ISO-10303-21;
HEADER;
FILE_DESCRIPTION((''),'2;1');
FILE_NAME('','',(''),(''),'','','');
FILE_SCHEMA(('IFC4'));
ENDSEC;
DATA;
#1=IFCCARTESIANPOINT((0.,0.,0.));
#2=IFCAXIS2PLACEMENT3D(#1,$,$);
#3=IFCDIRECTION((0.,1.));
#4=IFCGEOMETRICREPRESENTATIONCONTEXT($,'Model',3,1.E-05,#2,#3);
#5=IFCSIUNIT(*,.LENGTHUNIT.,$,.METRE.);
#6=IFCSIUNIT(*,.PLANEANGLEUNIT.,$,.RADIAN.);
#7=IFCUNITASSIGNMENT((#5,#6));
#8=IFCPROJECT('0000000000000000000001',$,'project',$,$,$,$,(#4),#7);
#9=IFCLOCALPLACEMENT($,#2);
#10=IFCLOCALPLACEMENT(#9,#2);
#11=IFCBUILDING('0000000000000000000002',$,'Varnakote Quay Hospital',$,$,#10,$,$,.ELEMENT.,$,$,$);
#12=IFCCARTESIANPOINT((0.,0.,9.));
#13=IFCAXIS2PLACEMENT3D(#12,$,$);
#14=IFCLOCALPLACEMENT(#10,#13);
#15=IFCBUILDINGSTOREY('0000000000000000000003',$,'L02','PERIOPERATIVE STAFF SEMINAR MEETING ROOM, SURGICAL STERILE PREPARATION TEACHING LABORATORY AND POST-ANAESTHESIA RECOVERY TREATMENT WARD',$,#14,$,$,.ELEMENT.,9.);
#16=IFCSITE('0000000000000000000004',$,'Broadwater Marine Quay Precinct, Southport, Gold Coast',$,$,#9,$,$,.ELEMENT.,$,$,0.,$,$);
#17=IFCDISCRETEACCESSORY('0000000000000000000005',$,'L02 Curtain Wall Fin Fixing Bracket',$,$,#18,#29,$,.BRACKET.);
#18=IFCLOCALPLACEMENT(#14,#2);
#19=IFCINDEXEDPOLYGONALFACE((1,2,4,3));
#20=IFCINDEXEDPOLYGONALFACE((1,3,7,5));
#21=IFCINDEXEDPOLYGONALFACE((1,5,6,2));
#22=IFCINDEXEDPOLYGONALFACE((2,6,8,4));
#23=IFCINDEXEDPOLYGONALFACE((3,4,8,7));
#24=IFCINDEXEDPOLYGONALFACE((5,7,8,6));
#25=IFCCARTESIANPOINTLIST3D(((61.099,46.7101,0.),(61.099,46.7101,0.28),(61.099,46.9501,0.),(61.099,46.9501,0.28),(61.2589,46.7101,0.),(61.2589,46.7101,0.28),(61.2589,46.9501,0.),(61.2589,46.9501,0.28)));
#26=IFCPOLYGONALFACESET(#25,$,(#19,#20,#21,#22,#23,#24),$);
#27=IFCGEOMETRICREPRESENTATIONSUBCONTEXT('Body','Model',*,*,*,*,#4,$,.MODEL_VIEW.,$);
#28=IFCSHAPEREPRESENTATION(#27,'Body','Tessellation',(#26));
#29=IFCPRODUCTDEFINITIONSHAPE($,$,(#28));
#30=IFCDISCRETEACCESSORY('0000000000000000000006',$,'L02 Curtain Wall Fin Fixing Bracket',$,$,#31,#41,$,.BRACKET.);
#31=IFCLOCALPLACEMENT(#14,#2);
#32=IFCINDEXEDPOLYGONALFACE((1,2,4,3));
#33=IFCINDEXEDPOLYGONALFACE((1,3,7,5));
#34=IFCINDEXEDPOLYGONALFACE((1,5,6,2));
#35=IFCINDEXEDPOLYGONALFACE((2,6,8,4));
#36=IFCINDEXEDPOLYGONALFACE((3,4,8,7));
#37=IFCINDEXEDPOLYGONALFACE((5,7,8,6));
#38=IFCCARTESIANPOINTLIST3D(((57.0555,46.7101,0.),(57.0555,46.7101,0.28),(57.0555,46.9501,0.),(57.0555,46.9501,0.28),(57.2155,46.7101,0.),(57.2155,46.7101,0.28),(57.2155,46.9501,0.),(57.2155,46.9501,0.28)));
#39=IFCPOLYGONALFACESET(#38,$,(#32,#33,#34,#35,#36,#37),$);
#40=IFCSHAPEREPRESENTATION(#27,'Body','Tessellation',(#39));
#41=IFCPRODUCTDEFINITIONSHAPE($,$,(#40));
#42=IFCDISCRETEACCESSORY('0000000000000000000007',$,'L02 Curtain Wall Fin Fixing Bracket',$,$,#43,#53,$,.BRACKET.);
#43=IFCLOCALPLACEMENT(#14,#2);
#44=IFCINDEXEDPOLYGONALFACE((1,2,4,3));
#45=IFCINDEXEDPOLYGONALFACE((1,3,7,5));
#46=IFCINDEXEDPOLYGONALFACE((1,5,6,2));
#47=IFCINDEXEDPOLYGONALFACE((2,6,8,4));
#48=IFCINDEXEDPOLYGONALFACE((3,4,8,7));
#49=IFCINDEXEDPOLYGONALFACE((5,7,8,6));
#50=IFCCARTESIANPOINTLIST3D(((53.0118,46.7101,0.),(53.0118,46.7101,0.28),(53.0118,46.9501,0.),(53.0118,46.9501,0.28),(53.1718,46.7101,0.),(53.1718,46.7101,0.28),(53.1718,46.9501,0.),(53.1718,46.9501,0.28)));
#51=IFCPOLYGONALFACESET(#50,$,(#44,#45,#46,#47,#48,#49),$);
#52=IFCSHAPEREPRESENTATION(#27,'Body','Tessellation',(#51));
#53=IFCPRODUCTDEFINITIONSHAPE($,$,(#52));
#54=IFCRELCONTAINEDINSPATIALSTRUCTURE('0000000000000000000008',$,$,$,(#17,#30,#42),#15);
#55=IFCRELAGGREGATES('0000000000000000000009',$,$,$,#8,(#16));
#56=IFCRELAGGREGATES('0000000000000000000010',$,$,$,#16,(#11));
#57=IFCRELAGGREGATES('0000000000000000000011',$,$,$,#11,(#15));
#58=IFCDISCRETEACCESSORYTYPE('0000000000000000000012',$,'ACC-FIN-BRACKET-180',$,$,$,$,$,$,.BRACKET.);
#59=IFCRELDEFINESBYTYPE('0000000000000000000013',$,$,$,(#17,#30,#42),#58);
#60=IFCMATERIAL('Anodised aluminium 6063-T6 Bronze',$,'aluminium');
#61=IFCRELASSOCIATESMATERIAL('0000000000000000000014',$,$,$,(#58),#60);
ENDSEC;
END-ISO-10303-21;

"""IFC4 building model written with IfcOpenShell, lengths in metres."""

from ifc_helpers import new_model, si_unit, direction, frame, origin, origin_2d, place, context, subcontext, project, spatial, rectangle, extrude, material, type_object, element, save


model = new_model("IFC4")

# Units and contexts
model_context = context("Model", 3, precision=1e-05, world=origin(), true_north=direction((0.0, 1.0)))
body_context = subcontext(model_context, "Body", "Model", "MODEL_VIEW")
ifc_project = project(units=[si_unit("LENGTHUNIT", "METRE"), si_unit("PLANEANGLEUNIT", "RADIAN")], contexts=[model_context])

# Site, building, storey
site_placement = place(None, origin())
site = spatial("IfcSite", under=ifc_project, at=site_placement, Name="Broadwater Marine Quay Precinct, Southport, Gold Coast", CompositionType="ELEMENT", RefElevation=0.0)
building_placement = place(site_placement, origin())
building = spatial("IfcBuilding", under=site, at=building_placement, Name="Varnakote Quay Hospital", CompositionType="ELEMENT")
storey_placement = place(building_placement, frame((0.0, 0.0, 9.0)))
storey = spatial("IfcBuildingStorey", under=building, at=storey_placement, Name="L02", Description="PERIOPERATIVE STAFF SEMINAR MEETING ROOM, SURGICAL STERILE PREPARATION TEACHING LABORATORY AND POST-ANAESTHESIA RECOVERY TREATMENT WARD", CompositionType="ELEMENT", Elevation=9.0)

# Discrete accessories
ifc_material_1 = material(Name="Anodised aluminium 6063-T6 Bronze", Category="aluminium")
discrete_accessory_type = type_object("IfcDiscreteAccessoryType", Name="ACC-FIN-BRACKET-180", PredefinedType="BRACKET", material=ifc_material_1)
for number, where, z_axis, x_axis, name in (
    (1, (61.179, 46.8301, 0.0), (0.0, 0.0, 1.0), (-1.0, 0.0, 0.0), "L02 Curtain Wall Fin Fixing Bracket"),
    (2, (57.1355, 46.8301, 0.0), (0.0, 0.0, 1.0), (-1.0, 0.0, 0.0), "L02 Curtain Wall Fin Fixing Bracket"),
    (3, (53.0918, 46.8301, 0.0), (0.0, 0.0, 1.0), (-1.0, 0.0, 0.0), "L02 Curtain Wall Fin Fixing Bracket"),
):
    element("IfcDiscreteAccessory", number, at=place(storey_placement, frame(where, z_axis=z_axis, x_axis=x_axis)), inside=storey, type_object=discrete_accessory_type, Name=name, PredefinedType="BRACKET", context=body_context, shape_type="SweptSolid", body=[
        extrude(rectangle(XDim=0.1599, YDim=0.24, at=origin_2d()), origin(), (0.0, 0.0, 1.0), 0.28),
    ])

save(model, "model.ifc")
